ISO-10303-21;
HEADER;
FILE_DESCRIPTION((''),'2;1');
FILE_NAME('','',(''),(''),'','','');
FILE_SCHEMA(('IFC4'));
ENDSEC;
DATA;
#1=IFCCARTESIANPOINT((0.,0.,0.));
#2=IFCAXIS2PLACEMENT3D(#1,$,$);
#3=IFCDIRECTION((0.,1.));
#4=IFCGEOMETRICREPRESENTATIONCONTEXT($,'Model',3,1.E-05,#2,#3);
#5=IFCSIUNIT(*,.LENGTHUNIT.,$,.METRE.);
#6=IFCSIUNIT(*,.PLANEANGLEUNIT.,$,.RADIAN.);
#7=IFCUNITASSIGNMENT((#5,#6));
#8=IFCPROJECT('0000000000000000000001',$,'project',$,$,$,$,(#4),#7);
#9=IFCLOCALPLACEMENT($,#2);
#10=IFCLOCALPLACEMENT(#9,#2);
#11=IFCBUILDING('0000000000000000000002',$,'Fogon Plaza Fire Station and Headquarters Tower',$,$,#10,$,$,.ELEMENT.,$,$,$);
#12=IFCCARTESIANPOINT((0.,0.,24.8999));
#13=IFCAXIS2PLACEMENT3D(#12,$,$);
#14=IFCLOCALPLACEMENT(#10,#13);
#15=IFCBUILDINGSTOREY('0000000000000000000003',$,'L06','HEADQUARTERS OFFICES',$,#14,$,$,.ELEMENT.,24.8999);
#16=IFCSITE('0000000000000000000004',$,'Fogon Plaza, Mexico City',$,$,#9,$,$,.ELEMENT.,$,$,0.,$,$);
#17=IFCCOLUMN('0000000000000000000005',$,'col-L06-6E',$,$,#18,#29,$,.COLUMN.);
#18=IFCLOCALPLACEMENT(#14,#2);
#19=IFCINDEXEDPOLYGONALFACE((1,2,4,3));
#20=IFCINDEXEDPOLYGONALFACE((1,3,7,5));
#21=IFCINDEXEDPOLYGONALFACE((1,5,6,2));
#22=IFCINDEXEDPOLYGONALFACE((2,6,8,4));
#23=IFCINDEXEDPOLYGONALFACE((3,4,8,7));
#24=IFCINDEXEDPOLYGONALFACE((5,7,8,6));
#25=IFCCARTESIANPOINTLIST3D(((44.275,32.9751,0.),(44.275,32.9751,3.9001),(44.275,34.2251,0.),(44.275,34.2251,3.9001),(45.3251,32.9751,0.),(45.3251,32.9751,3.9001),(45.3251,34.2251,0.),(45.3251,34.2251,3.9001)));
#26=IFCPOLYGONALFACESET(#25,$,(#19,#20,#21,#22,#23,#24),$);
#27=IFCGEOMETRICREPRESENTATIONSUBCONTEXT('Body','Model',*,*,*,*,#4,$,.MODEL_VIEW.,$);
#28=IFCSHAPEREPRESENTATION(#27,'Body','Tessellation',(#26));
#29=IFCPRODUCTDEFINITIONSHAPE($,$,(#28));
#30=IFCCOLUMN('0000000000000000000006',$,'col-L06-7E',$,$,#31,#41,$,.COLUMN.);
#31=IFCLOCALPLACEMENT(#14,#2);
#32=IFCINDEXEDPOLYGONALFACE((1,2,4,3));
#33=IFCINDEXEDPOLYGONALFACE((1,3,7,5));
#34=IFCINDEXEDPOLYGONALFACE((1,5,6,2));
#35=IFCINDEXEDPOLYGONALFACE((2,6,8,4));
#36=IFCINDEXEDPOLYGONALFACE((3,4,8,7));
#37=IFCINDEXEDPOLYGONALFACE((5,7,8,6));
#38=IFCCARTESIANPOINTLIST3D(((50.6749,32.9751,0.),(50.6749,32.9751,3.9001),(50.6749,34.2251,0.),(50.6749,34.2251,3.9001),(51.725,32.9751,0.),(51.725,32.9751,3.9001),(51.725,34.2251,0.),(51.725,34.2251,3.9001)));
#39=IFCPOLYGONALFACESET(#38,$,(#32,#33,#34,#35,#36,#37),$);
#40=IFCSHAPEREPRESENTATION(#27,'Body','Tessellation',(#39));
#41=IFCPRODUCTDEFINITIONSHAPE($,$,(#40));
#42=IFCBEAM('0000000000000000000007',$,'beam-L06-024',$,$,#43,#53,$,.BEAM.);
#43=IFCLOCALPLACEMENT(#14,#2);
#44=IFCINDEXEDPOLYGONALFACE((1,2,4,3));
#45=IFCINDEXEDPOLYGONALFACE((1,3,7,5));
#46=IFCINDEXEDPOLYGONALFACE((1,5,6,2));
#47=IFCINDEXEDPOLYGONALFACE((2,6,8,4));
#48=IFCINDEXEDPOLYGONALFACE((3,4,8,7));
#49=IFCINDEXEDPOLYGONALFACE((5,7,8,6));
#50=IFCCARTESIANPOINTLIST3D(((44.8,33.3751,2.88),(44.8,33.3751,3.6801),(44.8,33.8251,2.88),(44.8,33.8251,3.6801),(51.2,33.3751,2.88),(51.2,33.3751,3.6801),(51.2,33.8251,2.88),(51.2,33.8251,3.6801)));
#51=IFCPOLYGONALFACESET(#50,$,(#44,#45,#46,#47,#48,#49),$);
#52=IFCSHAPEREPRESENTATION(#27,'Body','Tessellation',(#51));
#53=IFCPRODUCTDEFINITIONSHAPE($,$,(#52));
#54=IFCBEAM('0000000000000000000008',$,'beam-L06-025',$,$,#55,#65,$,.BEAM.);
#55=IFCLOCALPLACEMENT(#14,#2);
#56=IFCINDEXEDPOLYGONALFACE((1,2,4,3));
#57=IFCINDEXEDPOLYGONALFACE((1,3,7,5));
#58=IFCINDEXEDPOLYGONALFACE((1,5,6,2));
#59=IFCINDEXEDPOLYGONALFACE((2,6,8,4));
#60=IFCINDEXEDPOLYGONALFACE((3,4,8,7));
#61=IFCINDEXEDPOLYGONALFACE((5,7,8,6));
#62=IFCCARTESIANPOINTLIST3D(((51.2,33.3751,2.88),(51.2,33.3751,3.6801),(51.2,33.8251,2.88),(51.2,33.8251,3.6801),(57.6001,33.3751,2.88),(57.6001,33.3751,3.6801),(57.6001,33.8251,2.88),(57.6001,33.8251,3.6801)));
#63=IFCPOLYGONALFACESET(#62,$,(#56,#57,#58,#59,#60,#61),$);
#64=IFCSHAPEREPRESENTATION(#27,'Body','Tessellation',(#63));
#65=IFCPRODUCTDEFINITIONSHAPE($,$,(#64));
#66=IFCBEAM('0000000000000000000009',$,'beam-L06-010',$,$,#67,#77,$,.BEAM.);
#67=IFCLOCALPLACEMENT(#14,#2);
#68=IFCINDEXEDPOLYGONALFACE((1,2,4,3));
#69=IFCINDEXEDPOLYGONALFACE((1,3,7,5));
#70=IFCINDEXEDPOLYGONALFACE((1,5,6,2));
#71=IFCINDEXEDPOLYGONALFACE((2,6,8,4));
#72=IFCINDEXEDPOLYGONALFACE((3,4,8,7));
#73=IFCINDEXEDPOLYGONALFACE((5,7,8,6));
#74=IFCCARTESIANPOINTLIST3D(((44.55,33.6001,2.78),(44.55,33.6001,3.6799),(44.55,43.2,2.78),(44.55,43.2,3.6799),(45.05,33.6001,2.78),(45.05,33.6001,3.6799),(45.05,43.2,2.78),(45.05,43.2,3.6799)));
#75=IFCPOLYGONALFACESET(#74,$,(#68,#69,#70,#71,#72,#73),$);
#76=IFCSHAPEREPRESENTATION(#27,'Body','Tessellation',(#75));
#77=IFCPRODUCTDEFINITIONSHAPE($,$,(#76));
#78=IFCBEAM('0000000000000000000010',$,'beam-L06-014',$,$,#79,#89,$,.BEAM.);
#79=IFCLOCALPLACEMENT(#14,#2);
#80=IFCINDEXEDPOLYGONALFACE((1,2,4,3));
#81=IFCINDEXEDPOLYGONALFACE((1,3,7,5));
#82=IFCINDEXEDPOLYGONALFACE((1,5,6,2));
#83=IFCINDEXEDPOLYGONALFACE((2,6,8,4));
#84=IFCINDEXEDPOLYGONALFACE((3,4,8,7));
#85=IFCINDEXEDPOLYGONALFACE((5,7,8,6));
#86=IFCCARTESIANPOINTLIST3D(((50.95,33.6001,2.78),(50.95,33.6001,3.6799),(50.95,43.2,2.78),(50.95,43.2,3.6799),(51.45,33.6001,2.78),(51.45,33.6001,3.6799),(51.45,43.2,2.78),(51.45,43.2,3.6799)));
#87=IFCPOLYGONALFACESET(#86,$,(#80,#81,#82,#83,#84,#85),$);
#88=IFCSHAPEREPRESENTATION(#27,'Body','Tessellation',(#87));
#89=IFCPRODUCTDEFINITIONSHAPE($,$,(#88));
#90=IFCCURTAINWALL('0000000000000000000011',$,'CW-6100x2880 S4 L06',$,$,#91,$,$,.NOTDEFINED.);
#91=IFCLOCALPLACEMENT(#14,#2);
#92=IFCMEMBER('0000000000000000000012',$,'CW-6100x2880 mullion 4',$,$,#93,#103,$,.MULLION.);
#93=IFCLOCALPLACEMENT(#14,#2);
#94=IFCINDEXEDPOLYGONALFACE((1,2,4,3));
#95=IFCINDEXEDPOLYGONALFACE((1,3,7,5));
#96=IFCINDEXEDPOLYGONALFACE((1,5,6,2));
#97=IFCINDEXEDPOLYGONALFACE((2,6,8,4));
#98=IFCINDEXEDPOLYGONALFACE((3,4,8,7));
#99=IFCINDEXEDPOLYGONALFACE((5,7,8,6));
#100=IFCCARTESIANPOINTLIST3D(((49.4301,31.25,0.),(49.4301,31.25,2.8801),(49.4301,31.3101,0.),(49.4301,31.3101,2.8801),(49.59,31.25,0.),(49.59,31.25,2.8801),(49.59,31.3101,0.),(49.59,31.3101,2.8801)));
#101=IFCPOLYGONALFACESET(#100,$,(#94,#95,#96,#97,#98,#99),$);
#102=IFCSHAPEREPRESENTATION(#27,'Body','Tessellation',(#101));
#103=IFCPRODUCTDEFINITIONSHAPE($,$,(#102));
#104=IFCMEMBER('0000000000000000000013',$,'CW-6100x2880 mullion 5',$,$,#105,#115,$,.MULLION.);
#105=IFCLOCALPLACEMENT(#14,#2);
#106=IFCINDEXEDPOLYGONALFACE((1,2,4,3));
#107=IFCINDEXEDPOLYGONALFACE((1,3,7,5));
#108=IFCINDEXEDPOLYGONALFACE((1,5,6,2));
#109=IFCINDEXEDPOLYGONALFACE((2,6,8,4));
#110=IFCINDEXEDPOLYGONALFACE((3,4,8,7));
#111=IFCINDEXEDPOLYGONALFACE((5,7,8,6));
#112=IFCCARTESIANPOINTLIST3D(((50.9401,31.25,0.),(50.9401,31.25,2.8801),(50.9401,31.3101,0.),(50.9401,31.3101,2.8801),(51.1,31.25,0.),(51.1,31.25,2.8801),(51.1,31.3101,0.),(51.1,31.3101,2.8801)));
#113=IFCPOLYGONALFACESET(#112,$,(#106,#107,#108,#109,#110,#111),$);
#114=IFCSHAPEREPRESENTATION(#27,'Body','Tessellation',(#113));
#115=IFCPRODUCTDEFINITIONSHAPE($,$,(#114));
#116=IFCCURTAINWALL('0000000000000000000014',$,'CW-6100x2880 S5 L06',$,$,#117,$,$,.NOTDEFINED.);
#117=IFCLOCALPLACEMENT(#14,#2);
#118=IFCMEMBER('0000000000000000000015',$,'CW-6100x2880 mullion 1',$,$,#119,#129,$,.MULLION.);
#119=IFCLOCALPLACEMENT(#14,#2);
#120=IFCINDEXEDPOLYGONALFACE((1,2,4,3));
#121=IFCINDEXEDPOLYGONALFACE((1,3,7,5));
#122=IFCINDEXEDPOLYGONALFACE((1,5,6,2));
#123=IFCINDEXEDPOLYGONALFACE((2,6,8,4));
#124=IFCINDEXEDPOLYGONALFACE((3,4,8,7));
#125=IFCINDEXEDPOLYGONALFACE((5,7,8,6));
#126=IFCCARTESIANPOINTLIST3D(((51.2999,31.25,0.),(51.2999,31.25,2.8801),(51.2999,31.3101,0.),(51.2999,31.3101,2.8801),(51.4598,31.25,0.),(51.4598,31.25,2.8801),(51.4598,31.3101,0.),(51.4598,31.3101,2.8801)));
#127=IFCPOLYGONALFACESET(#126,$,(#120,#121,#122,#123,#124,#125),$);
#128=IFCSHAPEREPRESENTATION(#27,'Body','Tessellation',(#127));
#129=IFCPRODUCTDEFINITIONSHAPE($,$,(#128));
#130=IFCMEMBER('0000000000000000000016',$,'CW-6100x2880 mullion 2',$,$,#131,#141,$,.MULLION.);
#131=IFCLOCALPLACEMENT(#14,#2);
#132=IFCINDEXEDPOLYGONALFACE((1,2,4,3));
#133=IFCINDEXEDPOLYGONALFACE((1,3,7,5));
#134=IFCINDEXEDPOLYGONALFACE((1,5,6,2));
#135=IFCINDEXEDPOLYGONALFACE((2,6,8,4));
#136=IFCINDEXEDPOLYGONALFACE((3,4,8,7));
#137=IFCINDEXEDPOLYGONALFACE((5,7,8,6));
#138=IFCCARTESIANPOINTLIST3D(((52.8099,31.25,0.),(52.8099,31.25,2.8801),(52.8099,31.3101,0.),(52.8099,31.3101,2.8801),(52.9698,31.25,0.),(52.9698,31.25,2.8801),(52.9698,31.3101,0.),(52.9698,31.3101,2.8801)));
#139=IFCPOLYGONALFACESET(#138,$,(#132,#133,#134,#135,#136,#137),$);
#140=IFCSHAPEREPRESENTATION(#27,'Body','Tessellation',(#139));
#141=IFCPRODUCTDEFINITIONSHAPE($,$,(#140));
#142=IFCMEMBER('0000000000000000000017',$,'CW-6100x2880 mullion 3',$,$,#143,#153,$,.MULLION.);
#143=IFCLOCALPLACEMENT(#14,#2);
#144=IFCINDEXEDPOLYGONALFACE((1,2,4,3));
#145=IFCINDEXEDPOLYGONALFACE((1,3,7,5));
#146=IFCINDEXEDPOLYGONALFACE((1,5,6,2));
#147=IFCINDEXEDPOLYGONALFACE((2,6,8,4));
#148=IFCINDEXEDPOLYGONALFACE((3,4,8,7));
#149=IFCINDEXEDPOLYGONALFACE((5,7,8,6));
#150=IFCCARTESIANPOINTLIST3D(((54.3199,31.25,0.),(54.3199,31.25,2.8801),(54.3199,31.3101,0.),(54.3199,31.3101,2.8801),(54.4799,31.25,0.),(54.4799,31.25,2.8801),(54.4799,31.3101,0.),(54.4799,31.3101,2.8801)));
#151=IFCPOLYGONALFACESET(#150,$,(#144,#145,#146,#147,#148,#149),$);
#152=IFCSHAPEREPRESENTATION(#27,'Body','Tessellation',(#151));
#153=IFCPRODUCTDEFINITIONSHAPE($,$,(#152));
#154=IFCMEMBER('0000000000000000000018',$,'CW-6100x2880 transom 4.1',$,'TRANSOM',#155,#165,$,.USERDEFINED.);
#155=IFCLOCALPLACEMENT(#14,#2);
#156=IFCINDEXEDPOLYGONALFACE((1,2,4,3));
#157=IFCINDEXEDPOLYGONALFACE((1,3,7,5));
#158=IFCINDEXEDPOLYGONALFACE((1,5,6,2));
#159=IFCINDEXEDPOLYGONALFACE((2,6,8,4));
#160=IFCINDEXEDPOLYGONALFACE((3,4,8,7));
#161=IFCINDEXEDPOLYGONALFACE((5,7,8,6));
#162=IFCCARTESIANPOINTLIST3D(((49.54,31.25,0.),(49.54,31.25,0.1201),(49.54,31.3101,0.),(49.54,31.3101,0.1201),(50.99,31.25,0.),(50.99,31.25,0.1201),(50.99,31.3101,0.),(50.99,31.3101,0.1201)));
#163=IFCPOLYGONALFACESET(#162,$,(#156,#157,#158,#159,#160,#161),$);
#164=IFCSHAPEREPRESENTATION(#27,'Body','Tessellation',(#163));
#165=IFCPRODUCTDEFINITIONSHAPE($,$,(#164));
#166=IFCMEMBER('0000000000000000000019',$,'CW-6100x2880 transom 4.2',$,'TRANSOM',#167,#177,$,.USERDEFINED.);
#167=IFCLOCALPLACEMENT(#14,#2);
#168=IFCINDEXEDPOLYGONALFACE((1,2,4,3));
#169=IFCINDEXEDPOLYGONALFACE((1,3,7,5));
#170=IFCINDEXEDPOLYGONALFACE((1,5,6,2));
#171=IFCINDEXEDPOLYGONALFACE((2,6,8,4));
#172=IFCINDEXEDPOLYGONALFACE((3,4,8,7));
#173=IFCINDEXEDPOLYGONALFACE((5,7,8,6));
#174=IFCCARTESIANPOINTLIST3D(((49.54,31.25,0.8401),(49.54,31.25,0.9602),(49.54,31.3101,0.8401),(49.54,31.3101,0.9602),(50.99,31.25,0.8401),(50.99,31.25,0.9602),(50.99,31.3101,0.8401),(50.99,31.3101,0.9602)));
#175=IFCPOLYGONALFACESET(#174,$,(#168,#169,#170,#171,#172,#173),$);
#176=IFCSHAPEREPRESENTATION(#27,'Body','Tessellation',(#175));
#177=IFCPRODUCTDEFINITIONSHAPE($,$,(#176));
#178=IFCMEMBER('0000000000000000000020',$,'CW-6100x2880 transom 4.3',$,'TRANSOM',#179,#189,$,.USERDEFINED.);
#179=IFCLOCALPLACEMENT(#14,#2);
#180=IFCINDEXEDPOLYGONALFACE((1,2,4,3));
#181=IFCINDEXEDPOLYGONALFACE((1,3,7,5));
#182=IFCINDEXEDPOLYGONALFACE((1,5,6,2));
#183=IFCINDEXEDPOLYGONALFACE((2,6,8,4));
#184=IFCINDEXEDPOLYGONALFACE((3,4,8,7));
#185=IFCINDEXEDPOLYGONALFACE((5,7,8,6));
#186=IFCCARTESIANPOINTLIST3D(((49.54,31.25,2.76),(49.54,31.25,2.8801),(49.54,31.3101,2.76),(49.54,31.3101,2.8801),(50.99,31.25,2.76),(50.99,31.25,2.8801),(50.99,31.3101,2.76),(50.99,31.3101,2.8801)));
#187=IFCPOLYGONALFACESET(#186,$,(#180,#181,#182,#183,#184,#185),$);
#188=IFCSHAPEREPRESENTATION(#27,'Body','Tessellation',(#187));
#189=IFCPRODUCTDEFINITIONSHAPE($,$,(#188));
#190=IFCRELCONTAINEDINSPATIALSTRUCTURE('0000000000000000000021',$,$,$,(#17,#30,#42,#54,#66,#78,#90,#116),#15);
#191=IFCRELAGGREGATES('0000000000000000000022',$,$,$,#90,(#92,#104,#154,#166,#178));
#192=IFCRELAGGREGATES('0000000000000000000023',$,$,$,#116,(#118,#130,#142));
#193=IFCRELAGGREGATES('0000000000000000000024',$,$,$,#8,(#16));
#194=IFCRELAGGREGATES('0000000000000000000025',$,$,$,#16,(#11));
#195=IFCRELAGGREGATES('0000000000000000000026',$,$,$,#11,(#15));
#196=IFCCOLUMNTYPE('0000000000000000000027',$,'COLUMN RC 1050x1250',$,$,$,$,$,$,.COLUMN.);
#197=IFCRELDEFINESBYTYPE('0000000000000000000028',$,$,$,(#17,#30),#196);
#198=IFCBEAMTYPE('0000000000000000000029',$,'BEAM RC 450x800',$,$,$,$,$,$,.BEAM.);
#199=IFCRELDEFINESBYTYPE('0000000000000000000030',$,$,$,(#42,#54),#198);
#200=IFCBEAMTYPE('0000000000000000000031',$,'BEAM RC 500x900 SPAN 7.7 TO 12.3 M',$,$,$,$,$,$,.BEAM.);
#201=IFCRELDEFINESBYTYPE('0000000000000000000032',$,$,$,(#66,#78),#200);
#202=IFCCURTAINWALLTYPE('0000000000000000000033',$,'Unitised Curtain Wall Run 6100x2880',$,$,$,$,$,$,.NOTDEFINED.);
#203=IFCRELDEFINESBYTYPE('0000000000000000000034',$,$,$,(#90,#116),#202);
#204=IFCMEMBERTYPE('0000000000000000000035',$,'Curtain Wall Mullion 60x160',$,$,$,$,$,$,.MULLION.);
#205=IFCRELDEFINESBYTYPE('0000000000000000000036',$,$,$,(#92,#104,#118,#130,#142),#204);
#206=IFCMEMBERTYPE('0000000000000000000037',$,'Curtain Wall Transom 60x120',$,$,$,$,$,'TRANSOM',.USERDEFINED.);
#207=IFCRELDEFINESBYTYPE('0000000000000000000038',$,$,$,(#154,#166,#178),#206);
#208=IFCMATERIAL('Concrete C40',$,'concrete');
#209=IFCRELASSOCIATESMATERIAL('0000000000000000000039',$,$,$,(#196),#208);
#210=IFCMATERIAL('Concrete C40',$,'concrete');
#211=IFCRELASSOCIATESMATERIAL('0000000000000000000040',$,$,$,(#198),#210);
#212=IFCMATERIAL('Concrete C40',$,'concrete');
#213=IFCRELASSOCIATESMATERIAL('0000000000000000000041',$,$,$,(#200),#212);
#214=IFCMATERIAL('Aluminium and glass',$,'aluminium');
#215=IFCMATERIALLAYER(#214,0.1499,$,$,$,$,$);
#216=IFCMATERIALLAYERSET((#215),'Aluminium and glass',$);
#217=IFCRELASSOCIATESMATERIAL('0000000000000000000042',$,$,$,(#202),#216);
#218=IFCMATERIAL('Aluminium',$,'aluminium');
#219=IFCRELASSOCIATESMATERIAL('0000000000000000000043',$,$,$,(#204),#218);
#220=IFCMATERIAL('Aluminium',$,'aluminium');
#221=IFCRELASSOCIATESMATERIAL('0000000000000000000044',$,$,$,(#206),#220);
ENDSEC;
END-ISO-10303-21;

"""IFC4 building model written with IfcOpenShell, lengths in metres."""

from ifc_helpers import new_model, si_unit, direction, frame, origin, origin_2d, place, context, subcontext, project, spatial, rectangle, extrude, material, layer, layer_set, material_profile, profile_set, type_object, element, aggregate, save


model = new_model("IFC4")

# Units and contexts
model_context = context("Model", 3, precision=1e-05, world=origin(), true_north=direction((0.0, 1.0)))
body_context = subcontext(model_context, "Body", "Model", "MODEL_VIEW")
ifc_project = project(units=[si_unit("LENGTHUNIT", "METRE"), si_unit("PLANEANGLEUNIT", "RADIAN")], contexts=[model_context])

# Site, building, storey
site_placement = place(None, origin())
site = spatial("IfcSite", under=ifc_project, at=site_placement, Name="Fogon Plaza, Mexico City", CompositionType="ELEMENT", RefElevation=0.0)
building_placement = place(site_placement, origin())
building = spatial("IfcBuilding", under=site, at=building_placement, Name="Fogon Plaza Fire Station and Headquarters Tower", CompositionType="ELEMENT")
storey_placement = place(building_placement, frame((0.0, 0.0, 24.8999)))
storey = spatial("IfcBuildingStorey", under=building, at=storey_placement, Name="L06", Description="HEADQUARTERS OFFICES", CompositionType="ELEMENT", Elevation=24.8999)

# Columns
ifc_material_1 = material(Name="Concrete C40", Category="concrete")
ifc_material_profile_1 = material_profile(ifc_material_1, rectangle(XDim=1.05, YDim=1.25, at=origin_2d()), Name="RC 1050x1250")
ifc_profile_set_1 = profile_set([ifc_material_profile_1], Name="Concrete C40")
column_type = type_object("IfcColumnType", Name="COLUMN RC 1050x1250", PredefinedType="COLUMN", material=ifc_profile_set_1)
for number, where, z_axis, x_axis, name in (
    (1, (44.8, 33.6001, 0.0), (0.0, 0.0, 1.0), (1.0, 0.0, 0.0), "col-L06-6E"),
    (2, (51.2, 33.6001, 0.0), (0.0, 0.0, 1.0), (1.0, 0.0, 0.0), "col-L06-7E"),
):
    element("IfcColumn", number, at=place(storey_placement, frame(where, z_axis=z_axis, x_axis=x_axis)), inside=storey, type_object=column_type, Name=name, PredefinedType="COLUMN", context=body_context, shape_type="SweptSolid", body=[
        extrude(rectangle(XDim=1.05, YDim=1.25, at=origin_2d()), origin(), (0.0, 0.0, 1.0), 3.9001),
    ])

# Beams
ifc_material_2 = material(Name="Concrete C40", Category="concrete")
ifc_material_profile_2 = material_profile(ifc_material_2, rectangle(XDim=0.45, YDim=0.8, at=origin_2d()), Name="RC 450x800")
ifc_profile_set_2 = profile_set([ifc_material_profile_2], Name="Concrete C40")
beam_type_1 = type_object("IfcBeamType", Name="BEAM RC 450x800", PredefinedType="BEAM", material=ifc_profile_set_2)
beam_1_placement = place(storey_placement, frame((44.8, 33.6001, 3.28), z_axis=(1.0, 0.0, 0.0), x_axis=(0.0, 1.0, 0.0)))
element("IfcBeam", 3, at=beam_1_placement, inside=storey, type_object=beam_type_1, Name="beam-L06-024", PredefinedType="BEAM", context=body_context, shape_type="SweptSolid", body=[
    extrude(rectangle(XDim=0.45, YDim=0.8, at=origin_2d()), origin(), (0.0, 0.0, 1.0), 6.3999),
])
beam_2_placement = place(storey_placement, frame((51.2, 33.6001, 3.28), z_axis=(1.0, 0.0, 0.0), x_axis=(0.0, 1.0, 0.0)))
element("IfcBeam", 4, at=beam_2_placement, inside=storey, type_object=beam_type_1, Name="beam-L06-025", PredefinedType="BEAM", context=body_context, shape_type="SweptSolid", body=[
    extrude(rectangle(XDim=0.45, YDim=0.8, at=origin_2d()), origin(), (0.0, 0.0, 1.0), 6.4001),
])
ifc_material_3 = material(Name="Concrete C40", Category="concrete")
ifc_material_profile_3 = material_profile(ifc_material_3, rectangle(XDim=0.5, YDim=0.8999, at=origin_2d()), Name="RC 500x900")
ifc_profile_set_3 = profile_set([ifc_material_profile_3], Name="Concrete C40")
beam_type_2 = type_object("IfcBeamType", Name="BEAM RC 500x900 SPAN 7.7 TO 12.3 M", PredefinedType="BEAM", material=ifc_profile_set_3)
for number, where, z_axis, x_axis, name in (
    (5, (44.8, 33.6001, 3.23), (0.0, 1.0, 0.0), (-1.0, 0.0, 0.0), "beam-L06-010"),
    (6, (51.2, 33.6001, 3.23), (0.0, 1.0, 0.0), (-1.0, 0.0, 0.0), "beam-L06-014"),
):
    element("IfcBeam", number, at=place(storey_placement, frame(where, z_axis=z_axis, x_axis=x_axis)), inside=storey, type_object=beam_type_2, Name=name, PredefinedType="BEAM", context=body_context, shape_type="SweptSolid", body=[
        extrude(rectangle(XDim=0.5, YDim=0.8999, at=origin_2d()), origin(), (0.0, 0.0, 1.0), 9.5999),
    ])

# Curtain walls, members
ifc_material_4 = material(Name="Aluminium and glass", Category="aluminium")
ifc_layer_1 = layer(ifc_material_4, 0.1499)
ifc_layer_set_1 = layer_set([ifc_layer_1], Name="Aluminium and glass")
curtain_wall_type = type_object("IfcCurtainWallType", Name="Unitised Curtain Wall Run 6100x2880", PredefinedType="NOTDEFINED", material=ifc_layer_set_1)
curtain_wall_1_placement = place(storey_placement, origin())
curtain_wall_1 = element("IfcCurtainWall", 7, at=curtain_wall_1_placement, inside=storey, type_object=curtain_wall_type, Name="CW-6100x2880 S4 L06", PredefinedType="NOTDEFINED")
ifc_material_5 = material(Name="Aluminium", Category="aluminium")
ifc_material_profile_4 = material_profile(ifc_material_5, rectangle(XDim=0.0601, YDim=0.1599, at=origin_2d()), Name="Curtain Wall Mullion 60x160")
ifc_profile_set_4 = profile_set([ifc_material_profile_4], Name="Aluminium")
member_type_1 = type_object("IfcMemberType", Name="Curtain Wall Mullion 60x160", PredefinedType="MULLION", material=ifc_profile_set_4)
member_1_placement = place(storey_placement, frame((49.51, 31.28, 0.0), z_axis=(0.0, 0.0, 1.0), x_axis=(0.0, 1.0, 0.0)))
member_1 = element("IfcMember", 8, at=member_1_placement, type_object=member_type_1, Name="CW-6100x2880 mullion 4", PredefinedType="MULLION", context=body_context, shape_type="SweptSolid", body=[
    extrude(rectangle(XDim=0.0601, YDim=0.1599, at=origin_2d()), origin(), (0.0, 0.0, 1.0), 2.8801),
])
member_2_placement = place(storey_placement, frame((51.02, 31.28, 0.0), z_axis=(0.0, 0.0, 1.0), x_axis=(0.0, 1.0, 0.0)))
member_2 = element("IfcMember", 9, at=member_2_placement, type_object=member_type_1, Name="CW-6100x2880 mullion 5", PredefinedType="MULLION", context=body_context, shape_type="SweptSolid", body=[
    extrude(rectangle(XDim=0.0601, YDim=0.1599, at=origin_2d()), origin(), (0.0, 0.0, 1.0), 2.8801),
])
curtain_wall_2_placement = place(storey_placement, origin())
curtain_wall_2 = element("IfcCurtainWall", 10, at=curtain_wall_2_placement, inside=storey, type_object=curtain_wall_type, Name="CW-6100x2880 S5 L06", PredefinedType="NOTDEFINED")
member_3_placement = place(storey_placement, frame((51.3799, 31.28, 0.0), z_axis=(0.0, 0.0, 1.0), x_axis=(0.0, 1.0, 0.0)))
member_3 = element("IfcMember", 11, at=member_3_placement, type_object=member_type_1, Name="CW-6100x2880 mullion 1", PredefinedType="MULLION", context=body_context, shape_type="SweptSolid", body=[
    extrude(rectangle(XDim=0.0601, YDim=0.1599, at=origin_2d()), origin(), (0.0, 0.0, 1.0), 2.8801),
])
member_4_placement = place(storey_placement, frame((52.8899, 31.28, 0.0), z_axis=(0.0, 0.0, 1.0), x_axis=(0.0, 1.0, 0.0)))
member_4 = element("IfcMember", 12, at=member_4_placement, type_object=member_type_1, Name="CW-6100x2880 mullion 2", PredefinedType="MULLION", context=body_context, shape_type="SweptSolid", body=[
    extrude(rectangle(XDim=0.0601, YDim=0.1599, at=origin_2d()), origin(), (0.0, 0.0, 1.0), 2.8801),
])
member_5_placement = place(storey_placement, frame((54.3999, 31.28, 0.0), z_axis=(0.0, 0.0, 1.0), x_axis=(0.0, 1.0, 0.0)))
member_5 = element("IfcMember", 13, at=member_5_placement, type_object=member_type_1, Name="CW-6100x2880 mullion 3", PredefinedType="MULLION", context=body_context, shape_type="SweptSolid", body=[
    extrude(rectangle(XDim=0.0601, YDim=0.1599, at=origin_2d()), origin(), (0.0, 0.0, 1.0), 2.8801),
])

# Members
ifc_material_6 = material(Name="Aluminium", Category="aluminium")
ifc_material_profile_5 = material_profile(ifc_material_6, rectangle(XDim=0.0601, YDim=0.1201, at=origin_2d()), Name="Curtain Wall Transom 60x120")
ifc_profile_set_5 = profile_set([ifc_material_profile_5], Name="Aluminium")
member_type_2 = type_object("IfcMemberType", Name="Curtain Wall Transom 60x120", ElementType="TRANSOM", PredefinedType="USERDEFINED", material=ifc_profile_set_5)
member_6_placement = place(storey_placement, frame((49.54, 31.28, 0.0601), z_axis=(1.0, 0.0, 0.0), x_axis=(0.0, 1.0, 0.0)))
member_6 = element("IfcMember", 14, at=member_6_placement, type_object=member_type_2, Name="CW-6100x2880 transom 4.1", ObjectType="TRANSOM", PredefinedType="USERDEFINED", context=body_context, shape_type="SweptSolid", body=[
    extrude(rectangle(XDim=0.0601, YDim=0.1201, at=origin_2d()), origin(), (0.0, 0.0, 1.0), 1.45),
])
member_7_placement = place(storey_placement, frame((49.54, 31.28, 0.9001), z_axis=(1.0, 0.0, 0.0), x_axis=(0.0, 1.0, 0.0)))
member_7 = element("IfcMember", 15, at=member_7_placement, type_object=member_type_2, Name="CW-6100x2880 transom 4.2", ObjectType="TRANSOM", PredefinedType="USERDEFINED", context=body_context, shape_type="SweptSolid", body=[
    extrude(rectangle(XDim=0.0601, YDim=0.1201, at=origin_2d()), origin(), (0.0, 0.0, 1.0), 1.45),
])
member_8_placement = place(storey_placement, frame((49.54, 31.28, 2.8201), z_axis=(1.0, 0.0, 0.0), x_axis=(0.0, 1.0, 0.0)))
member_8 = element("IfcMember", 16, at=member_8_placement, type_object=member_type_2, Name="CW-6100x2880 transom 4.3", ObjectType="TRANSOM", PredefinedType="USERDEFINED", context=body_context, shape_type="SweptSolid", body=[
    extrude(rectangle(XDim=0.0601, YDim=0.1201, at=origin_2d()), origin(), (0.0, 0.0, 1.0), 1.45),
])

aggregate(curtain_wall_1, [member_1, member_2, member_6, member_7, member_8])
aggregate(curtain_wall_2, [member_3, member_4, member_5])

save(model, "model.ifc")
